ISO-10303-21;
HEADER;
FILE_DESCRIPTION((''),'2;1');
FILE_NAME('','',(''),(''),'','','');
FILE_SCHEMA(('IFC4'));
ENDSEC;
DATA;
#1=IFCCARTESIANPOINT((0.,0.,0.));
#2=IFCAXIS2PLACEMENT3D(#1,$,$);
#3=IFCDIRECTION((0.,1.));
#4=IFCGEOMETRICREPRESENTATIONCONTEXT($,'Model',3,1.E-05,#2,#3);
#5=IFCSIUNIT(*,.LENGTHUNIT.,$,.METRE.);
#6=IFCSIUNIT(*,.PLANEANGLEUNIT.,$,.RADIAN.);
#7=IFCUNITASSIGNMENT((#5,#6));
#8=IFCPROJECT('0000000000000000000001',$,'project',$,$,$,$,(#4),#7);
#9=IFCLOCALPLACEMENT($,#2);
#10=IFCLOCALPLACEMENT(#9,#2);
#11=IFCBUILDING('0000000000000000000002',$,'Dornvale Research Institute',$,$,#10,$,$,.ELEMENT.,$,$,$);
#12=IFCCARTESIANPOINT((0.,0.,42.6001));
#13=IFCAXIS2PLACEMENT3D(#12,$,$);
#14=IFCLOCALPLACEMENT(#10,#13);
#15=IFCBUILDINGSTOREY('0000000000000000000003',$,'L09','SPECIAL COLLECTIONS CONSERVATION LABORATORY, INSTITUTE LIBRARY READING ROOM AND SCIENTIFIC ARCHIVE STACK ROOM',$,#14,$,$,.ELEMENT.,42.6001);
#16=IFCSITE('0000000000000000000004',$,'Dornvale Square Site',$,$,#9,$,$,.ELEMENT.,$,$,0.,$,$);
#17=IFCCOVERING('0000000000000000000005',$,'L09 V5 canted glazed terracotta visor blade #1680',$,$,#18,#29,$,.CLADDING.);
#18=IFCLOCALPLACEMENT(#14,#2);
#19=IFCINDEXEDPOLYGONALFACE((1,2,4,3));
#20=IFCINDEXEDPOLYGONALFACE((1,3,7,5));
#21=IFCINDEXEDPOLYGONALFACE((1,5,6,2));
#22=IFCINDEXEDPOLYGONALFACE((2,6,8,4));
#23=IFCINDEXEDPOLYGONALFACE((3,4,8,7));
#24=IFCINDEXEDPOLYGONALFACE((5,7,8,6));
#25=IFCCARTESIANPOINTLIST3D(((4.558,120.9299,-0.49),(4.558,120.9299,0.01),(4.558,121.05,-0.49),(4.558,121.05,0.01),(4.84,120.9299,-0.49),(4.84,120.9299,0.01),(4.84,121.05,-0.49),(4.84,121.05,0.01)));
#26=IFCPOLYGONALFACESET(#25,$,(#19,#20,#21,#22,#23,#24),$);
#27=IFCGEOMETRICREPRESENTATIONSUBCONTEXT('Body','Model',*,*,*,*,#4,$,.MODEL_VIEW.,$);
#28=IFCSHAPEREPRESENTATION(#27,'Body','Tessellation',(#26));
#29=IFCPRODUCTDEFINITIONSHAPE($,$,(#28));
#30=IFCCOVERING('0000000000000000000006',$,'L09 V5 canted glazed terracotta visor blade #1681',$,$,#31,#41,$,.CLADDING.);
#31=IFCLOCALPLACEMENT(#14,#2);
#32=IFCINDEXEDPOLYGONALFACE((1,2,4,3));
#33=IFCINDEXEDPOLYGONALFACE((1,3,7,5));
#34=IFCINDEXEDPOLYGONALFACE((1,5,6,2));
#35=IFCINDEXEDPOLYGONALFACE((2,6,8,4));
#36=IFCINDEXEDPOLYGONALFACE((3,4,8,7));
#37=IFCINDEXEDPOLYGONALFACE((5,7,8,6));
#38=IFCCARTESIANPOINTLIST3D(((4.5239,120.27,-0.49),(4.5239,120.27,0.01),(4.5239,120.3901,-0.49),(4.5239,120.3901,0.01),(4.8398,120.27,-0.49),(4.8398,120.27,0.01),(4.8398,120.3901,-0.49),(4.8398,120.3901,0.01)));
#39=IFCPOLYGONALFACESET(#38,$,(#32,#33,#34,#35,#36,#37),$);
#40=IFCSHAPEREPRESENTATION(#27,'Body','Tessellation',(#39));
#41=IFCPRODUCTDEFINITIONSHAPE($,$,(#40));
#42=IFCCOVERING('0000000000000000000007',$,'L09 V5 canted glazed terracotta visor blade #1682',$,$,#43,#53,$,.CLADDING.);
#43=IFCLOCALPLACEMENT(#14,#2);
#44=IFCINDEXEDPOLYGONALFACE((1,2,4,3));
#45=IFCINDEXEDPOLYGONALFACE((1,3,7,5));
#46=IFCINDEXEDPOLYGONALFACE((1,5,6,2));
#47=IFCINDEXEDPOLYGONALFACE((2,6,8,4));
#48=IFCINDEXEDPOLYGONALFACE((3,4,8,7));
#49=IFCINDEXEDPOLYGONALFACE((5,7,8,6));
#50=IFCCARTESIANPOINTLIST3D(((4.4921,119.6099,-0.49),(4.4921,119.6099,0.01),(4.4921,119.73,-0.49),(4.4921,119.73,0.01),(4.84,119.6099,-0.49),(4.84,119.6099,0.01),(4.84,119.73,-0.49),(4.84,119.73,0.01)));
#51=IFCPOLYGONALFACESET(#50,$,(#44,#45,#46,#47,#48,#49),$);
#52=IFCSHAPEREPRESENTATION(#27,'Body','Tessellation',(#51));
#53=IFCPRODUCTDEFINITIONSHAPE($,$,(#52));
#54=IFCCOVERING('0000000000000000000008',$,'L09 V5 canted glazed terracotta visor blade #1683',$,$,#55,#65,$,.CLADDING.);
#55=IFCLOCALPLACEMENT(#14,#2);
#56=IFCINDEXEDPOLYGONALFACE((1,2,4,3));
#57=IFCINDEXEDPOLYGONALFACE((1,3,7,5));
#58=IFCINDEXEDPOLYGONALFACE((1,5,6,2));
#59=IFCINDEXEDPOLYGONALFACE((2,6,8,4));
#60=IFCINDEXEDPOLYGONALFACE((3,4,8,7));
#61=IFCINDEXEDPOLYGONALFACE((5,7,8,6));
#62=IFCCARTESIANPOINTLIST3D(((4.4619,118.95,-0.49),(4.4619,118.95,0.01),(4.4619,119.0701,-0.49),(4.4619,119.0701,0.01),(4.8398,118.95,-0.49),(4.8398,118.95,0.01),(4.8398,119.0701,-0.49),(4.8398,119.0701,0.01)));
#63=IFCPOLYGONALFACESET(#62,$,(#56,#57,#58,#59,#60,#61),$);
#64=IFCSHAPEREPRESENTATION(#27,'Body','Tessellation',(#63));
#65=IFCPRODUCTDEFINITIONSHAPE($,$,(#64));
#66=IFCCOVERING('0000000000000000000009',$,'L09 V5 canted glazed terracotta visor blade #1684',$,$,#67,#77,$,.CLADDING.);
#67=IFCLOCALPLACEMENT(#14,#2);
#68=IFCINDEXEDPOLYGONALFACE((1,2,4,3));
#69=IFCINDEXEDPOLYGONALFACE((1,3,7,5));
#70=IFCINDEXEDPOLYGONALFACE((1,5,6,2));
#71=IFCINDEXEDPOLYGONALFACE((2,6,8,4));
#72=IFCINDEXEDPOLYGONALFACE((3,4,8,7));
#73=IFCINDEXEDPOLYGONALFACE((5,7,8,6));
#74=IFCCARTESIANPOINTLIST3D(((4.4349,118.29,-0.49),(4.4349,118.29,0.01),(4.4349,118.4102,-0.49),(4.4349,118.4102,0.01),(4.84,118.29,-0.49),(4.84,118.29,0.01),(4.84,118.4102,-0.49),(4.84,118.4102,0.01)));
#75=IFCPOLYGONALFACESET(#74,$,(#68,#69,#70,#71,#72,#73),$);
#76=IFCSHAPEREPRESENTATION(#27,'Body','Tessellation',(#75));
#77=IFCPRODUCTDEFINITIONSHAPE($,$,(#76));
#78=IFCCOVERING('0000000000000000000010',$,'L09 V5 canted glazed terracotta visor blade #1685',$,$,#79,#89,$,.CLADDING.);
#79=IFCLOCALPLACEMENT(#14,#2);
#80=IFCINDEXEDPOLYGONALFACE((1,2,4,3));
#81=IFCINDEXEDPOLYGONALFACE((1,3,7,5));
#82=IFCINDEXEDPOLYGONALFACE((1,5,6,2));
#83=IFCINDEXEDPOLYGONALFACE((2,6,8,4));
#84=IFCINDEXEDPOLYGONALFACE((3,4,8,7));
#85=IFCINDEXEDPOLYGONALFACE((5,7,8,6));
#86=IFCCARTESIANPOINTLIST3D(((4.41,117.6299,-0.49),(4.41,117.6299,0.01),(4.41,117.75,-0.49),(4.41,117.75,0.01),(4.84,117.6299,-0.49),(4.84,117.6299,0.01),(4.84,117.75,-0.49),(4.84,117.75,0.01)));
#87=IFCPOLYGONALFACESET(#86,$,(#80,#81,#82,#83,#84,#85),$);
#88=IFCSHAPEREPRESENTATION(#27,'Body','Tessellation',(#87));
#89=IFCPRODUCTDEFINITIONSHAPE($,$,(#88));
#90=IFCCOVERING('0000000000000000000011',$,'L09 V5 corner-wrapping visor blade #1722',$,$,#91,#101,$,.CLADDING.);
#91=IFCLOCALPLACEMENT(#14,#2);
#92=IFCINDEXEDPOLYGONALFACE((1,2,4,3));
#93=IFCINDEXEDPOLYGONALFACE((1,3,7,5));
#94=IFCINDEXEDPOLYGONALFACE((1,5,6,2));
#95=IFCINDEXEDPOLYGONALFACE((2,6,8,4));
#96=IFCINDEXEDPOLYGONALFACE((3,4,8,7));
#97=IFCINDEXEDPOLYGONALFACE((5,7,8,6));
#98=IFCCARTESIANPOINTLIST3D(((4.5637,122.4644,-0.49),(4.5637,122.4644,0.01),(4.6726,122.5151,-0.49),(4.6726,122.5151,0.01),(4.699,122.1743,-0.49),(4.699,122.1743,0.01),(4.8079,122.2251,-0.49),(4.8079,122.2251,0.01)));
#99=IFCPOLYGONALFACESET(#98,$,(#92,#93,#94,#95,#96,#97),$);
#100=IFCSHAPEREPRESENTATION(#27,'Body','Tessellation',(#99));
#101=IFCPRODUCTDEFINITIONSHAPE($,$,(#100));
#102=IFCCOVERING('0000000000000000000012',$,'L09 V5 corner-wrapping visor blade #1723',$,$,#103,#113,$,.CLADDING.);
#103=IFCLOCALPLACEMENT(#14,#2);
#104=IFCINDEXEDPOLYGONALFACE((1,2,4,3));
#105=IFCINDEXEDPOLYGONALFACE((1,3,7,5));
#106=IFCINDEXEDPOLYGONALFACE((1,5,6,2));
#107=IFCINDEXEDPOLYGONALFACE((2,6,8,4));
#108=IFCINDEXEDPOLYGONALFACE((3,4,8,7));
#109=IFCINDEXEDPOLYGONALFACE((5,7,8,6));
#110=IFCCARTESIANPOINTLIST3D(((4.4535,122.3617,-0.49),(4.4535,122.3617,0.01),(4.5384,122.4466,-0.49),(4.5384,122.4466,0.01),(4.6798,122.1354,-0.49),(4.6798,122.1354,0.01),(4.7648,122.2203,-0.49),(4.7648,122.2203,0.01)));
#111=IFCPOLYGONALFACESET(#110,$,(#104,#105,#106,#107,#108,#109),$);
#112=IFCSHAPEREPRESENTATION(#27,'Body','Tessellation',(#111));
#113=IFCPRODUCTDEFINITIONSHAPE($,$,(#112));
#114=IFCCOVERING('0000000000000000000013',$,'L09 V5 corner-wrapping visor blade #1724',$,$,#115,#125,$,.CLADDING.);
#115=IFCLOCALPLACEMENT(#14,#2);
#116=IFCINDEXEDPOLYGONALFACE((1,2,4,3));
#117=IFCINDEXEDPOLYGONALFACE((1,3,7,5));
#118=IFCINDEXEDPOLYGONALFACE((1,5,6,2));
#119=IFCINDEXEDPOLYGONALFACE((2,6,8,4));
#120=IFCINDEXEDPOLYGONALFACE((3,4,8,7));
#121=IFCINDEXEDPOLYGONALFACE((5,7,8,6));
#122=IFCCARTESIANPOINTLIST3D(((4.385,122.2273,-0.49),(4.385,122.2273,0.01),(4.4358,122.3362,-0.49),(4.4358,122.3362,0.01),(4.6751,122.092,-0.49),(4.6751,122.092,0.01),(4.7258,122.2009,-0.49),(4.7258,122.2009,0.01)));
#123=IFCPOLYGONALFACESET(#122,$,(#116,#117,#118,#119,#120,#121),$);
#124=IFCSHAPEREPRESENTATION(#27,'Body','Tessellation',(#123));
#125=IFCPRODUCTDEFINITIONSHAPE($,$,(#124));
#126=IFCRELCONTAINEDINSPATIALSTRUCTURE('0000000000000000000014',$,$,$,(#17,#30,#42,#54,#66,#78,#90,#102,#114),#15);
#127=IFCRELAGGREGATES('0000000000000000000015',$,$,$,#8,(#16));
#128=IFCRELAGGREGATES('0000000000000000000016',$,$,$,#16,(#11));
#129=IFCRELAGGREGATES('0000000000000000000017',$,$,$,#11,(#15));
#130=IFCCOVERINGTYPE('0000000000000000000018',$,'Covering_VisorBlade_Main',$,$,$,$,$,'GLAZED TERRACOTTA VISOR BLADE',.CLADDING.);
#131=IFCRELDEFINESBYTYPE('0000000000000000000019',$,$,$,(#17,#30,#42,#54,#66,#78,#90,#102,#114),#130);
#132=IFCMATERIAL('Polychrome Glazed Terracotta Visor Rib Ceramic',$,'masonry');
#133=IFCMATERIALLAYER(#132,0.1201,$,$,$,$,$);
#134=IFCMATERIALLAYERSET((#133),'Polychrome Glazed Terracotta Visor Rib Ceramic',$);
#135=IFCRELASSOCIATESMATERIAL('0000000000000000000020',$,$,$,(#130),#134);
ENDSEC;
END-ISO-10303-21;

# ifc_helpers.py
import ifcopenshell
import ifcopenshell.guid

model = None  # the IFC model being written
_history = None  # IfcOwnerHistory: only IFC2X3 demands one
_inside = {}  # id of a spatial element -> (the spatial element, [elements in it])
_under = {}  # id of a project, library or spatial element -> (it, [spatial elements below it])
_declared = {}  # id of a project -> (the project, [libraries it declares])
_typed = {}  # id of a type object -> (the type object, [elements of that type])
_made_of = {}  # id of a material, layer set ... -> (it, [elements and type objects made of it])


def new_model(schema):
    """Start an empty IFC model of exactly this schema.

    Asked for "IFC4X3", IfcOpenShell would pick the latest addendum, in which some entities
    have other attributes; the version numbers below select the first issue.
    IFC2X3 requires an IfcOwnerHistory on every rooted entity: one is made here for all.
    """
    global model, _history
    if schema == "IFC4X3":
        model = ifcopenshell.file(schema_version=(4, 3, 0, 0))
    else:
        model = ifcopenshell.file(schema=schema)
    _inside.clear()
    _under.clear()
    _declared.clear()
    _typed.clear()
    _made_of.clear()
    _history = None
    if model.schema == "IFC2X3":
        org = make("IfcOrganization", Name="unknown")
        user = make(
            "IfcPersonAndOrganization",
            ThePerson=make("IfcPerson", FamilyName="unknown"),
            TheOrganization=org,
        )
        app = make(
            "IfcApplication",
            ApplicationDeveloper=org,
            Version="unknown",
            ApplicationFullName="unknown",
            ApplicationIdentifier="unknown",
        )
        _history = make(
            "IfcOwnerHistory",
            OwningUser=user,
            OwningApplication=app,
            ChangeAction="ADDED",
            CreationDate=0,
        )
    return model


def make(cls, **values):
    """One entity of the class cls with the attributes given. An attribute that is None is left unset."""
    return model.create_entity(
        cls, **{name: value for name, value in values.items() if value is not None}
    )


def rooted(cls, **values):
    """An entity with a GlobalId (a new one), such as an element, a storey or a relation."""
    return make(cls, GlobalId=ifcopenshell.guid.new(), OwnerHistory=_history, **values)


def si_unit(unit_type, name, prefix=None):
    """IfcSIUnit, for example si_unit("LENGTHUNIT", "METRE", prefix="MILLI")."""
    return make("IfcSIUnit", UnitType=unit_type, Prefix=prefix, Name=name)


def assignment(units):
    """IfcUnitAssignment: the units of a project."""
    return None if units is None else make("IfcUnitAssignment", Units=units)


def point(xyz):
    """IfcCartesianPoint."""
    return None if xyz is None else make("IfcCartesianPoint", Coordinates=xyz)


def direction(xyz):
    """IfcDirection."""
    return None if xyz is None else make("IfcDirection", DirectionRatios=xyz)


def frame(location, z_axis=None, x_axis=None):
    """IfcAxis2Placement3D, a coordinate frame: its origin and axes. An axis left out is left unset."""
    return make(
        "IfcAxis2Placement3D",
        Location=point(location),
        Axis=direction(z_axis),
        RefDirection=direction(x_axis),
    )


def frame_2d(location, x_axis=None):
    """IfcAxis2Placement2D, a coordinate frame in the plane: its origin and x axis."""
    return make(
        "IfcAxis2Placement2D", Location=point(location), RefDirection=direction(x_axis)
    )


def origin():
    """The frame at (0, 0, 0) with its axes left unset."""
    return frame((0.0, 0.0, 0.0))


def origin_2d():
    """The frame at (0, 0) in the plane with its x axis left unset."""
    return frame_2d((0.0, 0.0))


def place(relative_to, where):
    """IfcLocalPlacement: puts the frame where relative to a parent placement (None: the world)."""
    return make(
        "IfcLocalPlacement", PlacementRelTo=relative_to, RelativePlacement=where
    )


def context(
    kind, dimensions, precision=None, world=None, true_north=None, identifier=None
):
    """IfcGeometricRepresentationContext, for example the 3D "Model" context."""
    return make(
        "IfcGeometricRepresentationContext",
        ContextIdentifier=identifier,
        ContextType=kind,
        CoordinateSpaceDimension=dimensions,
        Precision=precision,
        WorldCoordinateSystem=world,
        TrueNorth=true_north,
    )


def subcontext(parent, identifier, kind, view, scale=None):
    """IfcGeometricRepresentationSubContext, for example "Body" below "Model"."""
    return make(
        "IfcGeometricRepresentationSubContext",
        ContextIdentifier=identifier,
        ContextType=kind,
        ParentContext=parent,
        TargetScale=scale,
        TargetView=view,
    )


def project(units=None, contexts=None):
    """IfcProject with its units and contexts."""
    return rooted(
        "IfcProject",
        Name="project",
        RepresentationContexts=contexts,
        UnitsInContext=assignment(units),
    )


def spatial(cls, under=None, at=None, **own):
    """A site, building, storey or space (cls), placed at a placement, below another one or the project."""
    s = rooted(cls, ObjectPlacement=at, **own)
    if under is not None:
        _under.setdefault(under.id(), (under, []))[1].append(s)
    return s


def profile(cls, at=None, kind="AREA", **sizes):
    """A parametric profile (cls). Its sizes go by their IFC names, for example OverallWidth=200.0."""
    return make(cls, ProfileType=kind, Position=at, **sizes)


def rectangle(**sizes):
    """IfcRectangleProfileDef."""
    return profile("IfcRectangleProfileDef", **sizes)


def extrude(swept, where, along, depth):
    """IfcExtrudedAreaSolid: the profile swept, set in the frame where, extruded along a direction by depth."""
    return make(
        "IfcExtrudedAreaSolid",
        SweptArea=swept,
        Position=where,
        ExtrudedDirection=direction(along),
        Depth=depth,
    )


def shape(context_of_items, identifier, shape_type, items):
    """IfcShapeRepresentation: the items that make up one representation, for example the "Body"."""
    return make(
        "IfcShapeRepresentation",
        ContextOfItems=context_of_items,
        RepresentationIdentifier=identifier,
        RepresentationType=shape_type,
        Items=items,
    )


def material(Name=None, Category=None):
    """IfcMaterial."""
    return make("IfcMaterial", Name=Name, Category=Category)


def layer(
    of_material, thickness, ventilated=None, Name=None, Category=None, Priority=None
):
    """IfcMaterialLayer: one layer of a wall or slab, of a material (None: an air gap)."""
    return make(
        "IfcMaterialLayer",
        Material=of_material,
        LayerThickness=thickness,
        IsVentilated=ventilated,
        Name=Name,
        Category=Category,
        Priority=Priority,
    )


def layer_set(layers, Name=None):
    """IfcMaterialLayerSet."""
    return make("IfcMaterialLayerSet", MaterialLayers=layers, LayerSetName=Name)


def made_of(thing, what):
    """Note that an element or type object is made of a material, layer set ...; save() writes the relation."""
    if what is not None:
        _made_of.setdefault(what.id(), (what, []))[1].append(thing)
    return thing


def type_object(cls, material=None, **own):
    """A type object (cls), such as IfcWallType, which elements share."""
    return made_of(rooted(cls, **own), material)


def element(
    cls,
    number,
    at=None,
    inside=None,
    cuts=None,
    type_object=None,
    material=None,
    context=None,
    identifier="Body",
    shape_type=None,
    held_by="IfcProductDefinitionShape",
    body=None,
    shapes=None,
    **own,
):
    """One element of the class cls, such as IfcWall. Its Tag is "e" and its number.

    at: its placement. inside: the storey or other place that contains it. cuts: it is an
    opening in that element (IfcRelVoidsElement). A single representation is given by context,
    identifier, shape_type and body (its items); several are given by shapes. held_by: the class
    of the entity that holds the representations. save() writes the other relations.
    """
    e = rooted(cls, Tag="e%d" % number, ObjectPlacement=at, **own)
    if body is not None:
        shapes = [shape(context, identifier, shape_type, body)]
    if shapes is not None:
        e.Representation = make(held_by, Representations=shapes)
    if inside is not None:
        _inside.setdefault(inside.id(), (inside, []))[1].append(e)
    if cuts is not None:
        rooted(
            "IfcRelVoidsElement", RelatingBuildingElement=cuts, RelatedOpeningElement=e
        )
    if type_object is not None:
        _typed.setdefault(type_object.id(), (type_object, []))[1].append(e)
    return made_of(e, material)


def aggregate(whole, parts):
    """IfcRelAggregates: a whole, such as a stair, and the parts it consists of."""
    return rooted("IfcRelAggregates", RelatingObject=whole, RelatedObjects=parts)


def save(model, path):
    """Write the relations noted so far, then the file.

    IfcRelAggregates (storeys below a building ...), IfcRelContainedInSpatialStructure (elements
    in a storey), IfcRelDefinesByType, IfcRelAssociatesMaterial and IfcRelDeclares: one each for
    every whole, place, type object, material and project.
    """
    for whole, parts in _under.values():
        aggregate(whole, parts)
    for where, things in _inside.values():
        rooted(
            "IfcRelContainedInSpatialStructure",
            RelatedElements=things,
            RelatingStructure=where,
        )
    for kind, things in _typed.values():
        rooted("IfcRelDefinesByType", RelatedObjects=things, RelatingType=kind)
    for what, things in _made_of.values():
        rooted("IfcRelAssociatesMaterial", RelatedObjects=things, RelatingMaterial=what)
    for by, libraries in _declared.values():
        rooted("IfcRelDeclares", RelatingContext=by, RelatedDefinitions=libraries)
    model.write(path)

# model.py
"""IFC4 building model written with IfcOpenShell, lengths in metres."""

from ifc_helpers import new_model, si_unit, direction, frame, origin, origin_2d, place, context, subcontext, project, spatial, rectangle, extrude, material, layer, layer_set, type_object, element, save


model = new_model("IFC4")

# Units and contexts
model_context = context("Model", 3, precision=1e-05, world=origin(), true_north=direction((0.0, 1.0)))
body_context = subcontext(model_context, "Body", "Model", "MODEL_VIEW")
ifc_project = project(units=[si_unit("LENGTHUNIT", "METRE"), si_unit("PLANEANGLEUNIT", "RADIAN")], contexts=[model_context])

# Site, building, storey
site_placement = place(None, origin())
site = spatial("IfcSite", under=ifc_project, at=site_placement, Name="Dornvale Square Site", CompositionType="ELEMENT", RefElevation=0.0)
building_placement = place(site_placement, origin())
building = spatial("IfcBuilding", under=site, at=building_placement, Name="Dornvale Research Institute", CompositionType="ELEMENT")
storey_placement = place(building_placement, frame((0.0, 0.0, 42.6001)))
storey = spatial("IfcBuildingStorey", under=building, at=storey_placement, Name="L09", Description="SPECIAL COLLECTIONS CONSERVATION LABORATORY, INSTITUTE LIBRARY READING ROOM AND SCIENTIFIC ARCHIVE STACK ROOM", CompositionType="ELEMENT", Elevation=42.6001)

# Coverings
ifc_material_1 = material(Name="Polychrome Glazed Terracotta Visor Rib Ceramic", Category="masonry")
ifc_layer_1 = layer(ifc_material_1, 0.1201)
ifc_layer_set_1 = layer_set([ifc_layer_1], Name="Polychrome Glazed Terracotta Visor Rib Ceramic")
covering_type = type_object("IfcCoveringType", Name="Covering_VisorBlade_Main", ElementType="GLAZED TERRACOTTA VISOR BLADE", PredefinedType="CLADDING", material=ifc_layer_set_1)
covering_1_placement = place(storey_placement, frame((4.699, 120.99, -0.49), z_axis=(0.0, 0.0, 1.0), x_axis=(1.0, 0.0, 0.0)))
element("IfcCovering", 1, at=covering_1_placement, inside=storey, type_object=covering_type, Name="L09 V5 canted glazed terracotta visor blade #1680", PredefinedType="CLADDING", context=body_context, shape_type="SweptSolid", body=[
    extrude(rectangle(XDim=0.282, YDim=0.1201, at=origin_2d()), origin(), (0.0, 0.0, 1.0), 0.5),
])
covering_2_placement = place(storey_placement, frame((4.6819, 120.3301, -0.49), z_axis=(0.0, 0.0, 1.0), x_axis=(1.0, 0.0, 0.0)))
element("IfcCovering", 2, at=covering_2_placement, inside=storey, type_object=covering_type, Name="L09 V5 canted glazed terracotta visor blade #1681", PredefinedType="CLADDING", context=body_context, shape_type="SweptSolid", body=[
    extrude(rectangle(XDim=0.3159, YDim=0.1201, at=origin_2d()), origin(), (0.0, 0.0, 1.0), 0.5),
])
covering_3_placement = place(storey_placement, frame((4.666, 119.6699, -0.49), z_axis=(0.0, 0.0, 1.0), x_axis=(1.0, 0.0, 0.0)))
element("IfcCovering", 3, at=covering_3_placement, inside=storey, type_object=covering_type, Name="L09 V5 canted glazed terracotta visor blade #1682", PredefinedType="CLADDING", context=body_context, shape_type="SweptSolid", body=[
    extrude(rectangle(XDim=0.3479, YDim=0.1201, at=origin_2d()), origin(), (0.0, 0.0, 1.0), 0.5),
])
covering_4_placement = place(storey_placement, frame((4.6509, 119.01, -0.49), z_axis=(0.0, 0.0, 1.0), x_axis=(1.0, 0.0, 0.0)))
element("IfcCovering", 4, at=covering_4_placement, inside=storey, type_object=covering_type, Name="L09 V5 canted glazed terracotta visor blade #1683", PredefinedType="CLADDING", context=body_context, shape_type="SweptSolid", body=[
    extrude(rectangle(XDim=0.3779, YDim=0.1201, at=origin_2d()), origin(), (0.0, 0.0, 1.0), 0.5),
])
covering_5_placement = place(storey_placement, frame((4.6375, 118.3501, -0.49), z_axis=(0.0, 0.0, 1.0), x_axis=(1.0, 0.0, 0.0)))
element("IfcCovering", 5, at=covering_5_placement, inside=storey, type_object=covering_type, Name="L09 V5 canted glazed terracotta visor blade #1684", PredefinedType="CLADDING", context=body_context, shape_type="SweptSolid", body=[
    extrude(rectangle(XDim=0.405, YDim=0.1201, at=origin_2d()), origin(), (0.0, 0.0, 1.0), 0.5),
])
covering_6_placement = place(storey_placement, frame((4.625, 117.6899, -0.49), z_axis=(0.0, 0.0, 1.0), x_axis=(1.0, 0.0, 0.0)))
element("IfcCovering", 6, at=covering_6_placement, inside=storey, type_object=covering_type, Name="L09 V5 canted glazed terracotta visor blade #1685", PredefinedType="CLADDING", context=body_context, shape_type="SweptSolid", body=[
    extrude(rectangle(XDim=0.4299, YDim=0.1201, at=origin_2d()), origin(), (0.0, 0.0, 1.0), 0.5),
])
for number, where, z_axis, x_axis, name in (
    (7, (4.6858, 122.3447, -0.49), (0.0, 0.0, 1.0), (-0.422618, 0.906308, 0.0), "L09 V5 corner-wrapping visor blade #1722"),
    (8, (4.6091, 122.291, -0.49), (0.0, 0.0, 1.0), (-0.707107, 0.707107, 0.0), "L09 V5 corner-wrapping visor blade #1723"),
    (9, (4.5554, 122.2141, -0.49), (0.0, 0.0, 1.0), (-0.906308, 0.422618, 0.0), "L09 V5 corner-wrapping visor blade #1724"),
):
    element("IfcCovering", number, at=place(storey_placement, frame(where, z_axis=z_axis, x_axis=x_axis)), inside=storey, type_object=covering_type, Name=name, PredefinedType="CLADDING", context=body_context, shape_type="SweptSolid", body=[
        extrude(rectangle(XDim=0.3201, YDim=0.1201, at=origin_2d()), origin(), (0.0, 0.0, 1.0), 0.5),
    ])

save(model, "model.ifc")
